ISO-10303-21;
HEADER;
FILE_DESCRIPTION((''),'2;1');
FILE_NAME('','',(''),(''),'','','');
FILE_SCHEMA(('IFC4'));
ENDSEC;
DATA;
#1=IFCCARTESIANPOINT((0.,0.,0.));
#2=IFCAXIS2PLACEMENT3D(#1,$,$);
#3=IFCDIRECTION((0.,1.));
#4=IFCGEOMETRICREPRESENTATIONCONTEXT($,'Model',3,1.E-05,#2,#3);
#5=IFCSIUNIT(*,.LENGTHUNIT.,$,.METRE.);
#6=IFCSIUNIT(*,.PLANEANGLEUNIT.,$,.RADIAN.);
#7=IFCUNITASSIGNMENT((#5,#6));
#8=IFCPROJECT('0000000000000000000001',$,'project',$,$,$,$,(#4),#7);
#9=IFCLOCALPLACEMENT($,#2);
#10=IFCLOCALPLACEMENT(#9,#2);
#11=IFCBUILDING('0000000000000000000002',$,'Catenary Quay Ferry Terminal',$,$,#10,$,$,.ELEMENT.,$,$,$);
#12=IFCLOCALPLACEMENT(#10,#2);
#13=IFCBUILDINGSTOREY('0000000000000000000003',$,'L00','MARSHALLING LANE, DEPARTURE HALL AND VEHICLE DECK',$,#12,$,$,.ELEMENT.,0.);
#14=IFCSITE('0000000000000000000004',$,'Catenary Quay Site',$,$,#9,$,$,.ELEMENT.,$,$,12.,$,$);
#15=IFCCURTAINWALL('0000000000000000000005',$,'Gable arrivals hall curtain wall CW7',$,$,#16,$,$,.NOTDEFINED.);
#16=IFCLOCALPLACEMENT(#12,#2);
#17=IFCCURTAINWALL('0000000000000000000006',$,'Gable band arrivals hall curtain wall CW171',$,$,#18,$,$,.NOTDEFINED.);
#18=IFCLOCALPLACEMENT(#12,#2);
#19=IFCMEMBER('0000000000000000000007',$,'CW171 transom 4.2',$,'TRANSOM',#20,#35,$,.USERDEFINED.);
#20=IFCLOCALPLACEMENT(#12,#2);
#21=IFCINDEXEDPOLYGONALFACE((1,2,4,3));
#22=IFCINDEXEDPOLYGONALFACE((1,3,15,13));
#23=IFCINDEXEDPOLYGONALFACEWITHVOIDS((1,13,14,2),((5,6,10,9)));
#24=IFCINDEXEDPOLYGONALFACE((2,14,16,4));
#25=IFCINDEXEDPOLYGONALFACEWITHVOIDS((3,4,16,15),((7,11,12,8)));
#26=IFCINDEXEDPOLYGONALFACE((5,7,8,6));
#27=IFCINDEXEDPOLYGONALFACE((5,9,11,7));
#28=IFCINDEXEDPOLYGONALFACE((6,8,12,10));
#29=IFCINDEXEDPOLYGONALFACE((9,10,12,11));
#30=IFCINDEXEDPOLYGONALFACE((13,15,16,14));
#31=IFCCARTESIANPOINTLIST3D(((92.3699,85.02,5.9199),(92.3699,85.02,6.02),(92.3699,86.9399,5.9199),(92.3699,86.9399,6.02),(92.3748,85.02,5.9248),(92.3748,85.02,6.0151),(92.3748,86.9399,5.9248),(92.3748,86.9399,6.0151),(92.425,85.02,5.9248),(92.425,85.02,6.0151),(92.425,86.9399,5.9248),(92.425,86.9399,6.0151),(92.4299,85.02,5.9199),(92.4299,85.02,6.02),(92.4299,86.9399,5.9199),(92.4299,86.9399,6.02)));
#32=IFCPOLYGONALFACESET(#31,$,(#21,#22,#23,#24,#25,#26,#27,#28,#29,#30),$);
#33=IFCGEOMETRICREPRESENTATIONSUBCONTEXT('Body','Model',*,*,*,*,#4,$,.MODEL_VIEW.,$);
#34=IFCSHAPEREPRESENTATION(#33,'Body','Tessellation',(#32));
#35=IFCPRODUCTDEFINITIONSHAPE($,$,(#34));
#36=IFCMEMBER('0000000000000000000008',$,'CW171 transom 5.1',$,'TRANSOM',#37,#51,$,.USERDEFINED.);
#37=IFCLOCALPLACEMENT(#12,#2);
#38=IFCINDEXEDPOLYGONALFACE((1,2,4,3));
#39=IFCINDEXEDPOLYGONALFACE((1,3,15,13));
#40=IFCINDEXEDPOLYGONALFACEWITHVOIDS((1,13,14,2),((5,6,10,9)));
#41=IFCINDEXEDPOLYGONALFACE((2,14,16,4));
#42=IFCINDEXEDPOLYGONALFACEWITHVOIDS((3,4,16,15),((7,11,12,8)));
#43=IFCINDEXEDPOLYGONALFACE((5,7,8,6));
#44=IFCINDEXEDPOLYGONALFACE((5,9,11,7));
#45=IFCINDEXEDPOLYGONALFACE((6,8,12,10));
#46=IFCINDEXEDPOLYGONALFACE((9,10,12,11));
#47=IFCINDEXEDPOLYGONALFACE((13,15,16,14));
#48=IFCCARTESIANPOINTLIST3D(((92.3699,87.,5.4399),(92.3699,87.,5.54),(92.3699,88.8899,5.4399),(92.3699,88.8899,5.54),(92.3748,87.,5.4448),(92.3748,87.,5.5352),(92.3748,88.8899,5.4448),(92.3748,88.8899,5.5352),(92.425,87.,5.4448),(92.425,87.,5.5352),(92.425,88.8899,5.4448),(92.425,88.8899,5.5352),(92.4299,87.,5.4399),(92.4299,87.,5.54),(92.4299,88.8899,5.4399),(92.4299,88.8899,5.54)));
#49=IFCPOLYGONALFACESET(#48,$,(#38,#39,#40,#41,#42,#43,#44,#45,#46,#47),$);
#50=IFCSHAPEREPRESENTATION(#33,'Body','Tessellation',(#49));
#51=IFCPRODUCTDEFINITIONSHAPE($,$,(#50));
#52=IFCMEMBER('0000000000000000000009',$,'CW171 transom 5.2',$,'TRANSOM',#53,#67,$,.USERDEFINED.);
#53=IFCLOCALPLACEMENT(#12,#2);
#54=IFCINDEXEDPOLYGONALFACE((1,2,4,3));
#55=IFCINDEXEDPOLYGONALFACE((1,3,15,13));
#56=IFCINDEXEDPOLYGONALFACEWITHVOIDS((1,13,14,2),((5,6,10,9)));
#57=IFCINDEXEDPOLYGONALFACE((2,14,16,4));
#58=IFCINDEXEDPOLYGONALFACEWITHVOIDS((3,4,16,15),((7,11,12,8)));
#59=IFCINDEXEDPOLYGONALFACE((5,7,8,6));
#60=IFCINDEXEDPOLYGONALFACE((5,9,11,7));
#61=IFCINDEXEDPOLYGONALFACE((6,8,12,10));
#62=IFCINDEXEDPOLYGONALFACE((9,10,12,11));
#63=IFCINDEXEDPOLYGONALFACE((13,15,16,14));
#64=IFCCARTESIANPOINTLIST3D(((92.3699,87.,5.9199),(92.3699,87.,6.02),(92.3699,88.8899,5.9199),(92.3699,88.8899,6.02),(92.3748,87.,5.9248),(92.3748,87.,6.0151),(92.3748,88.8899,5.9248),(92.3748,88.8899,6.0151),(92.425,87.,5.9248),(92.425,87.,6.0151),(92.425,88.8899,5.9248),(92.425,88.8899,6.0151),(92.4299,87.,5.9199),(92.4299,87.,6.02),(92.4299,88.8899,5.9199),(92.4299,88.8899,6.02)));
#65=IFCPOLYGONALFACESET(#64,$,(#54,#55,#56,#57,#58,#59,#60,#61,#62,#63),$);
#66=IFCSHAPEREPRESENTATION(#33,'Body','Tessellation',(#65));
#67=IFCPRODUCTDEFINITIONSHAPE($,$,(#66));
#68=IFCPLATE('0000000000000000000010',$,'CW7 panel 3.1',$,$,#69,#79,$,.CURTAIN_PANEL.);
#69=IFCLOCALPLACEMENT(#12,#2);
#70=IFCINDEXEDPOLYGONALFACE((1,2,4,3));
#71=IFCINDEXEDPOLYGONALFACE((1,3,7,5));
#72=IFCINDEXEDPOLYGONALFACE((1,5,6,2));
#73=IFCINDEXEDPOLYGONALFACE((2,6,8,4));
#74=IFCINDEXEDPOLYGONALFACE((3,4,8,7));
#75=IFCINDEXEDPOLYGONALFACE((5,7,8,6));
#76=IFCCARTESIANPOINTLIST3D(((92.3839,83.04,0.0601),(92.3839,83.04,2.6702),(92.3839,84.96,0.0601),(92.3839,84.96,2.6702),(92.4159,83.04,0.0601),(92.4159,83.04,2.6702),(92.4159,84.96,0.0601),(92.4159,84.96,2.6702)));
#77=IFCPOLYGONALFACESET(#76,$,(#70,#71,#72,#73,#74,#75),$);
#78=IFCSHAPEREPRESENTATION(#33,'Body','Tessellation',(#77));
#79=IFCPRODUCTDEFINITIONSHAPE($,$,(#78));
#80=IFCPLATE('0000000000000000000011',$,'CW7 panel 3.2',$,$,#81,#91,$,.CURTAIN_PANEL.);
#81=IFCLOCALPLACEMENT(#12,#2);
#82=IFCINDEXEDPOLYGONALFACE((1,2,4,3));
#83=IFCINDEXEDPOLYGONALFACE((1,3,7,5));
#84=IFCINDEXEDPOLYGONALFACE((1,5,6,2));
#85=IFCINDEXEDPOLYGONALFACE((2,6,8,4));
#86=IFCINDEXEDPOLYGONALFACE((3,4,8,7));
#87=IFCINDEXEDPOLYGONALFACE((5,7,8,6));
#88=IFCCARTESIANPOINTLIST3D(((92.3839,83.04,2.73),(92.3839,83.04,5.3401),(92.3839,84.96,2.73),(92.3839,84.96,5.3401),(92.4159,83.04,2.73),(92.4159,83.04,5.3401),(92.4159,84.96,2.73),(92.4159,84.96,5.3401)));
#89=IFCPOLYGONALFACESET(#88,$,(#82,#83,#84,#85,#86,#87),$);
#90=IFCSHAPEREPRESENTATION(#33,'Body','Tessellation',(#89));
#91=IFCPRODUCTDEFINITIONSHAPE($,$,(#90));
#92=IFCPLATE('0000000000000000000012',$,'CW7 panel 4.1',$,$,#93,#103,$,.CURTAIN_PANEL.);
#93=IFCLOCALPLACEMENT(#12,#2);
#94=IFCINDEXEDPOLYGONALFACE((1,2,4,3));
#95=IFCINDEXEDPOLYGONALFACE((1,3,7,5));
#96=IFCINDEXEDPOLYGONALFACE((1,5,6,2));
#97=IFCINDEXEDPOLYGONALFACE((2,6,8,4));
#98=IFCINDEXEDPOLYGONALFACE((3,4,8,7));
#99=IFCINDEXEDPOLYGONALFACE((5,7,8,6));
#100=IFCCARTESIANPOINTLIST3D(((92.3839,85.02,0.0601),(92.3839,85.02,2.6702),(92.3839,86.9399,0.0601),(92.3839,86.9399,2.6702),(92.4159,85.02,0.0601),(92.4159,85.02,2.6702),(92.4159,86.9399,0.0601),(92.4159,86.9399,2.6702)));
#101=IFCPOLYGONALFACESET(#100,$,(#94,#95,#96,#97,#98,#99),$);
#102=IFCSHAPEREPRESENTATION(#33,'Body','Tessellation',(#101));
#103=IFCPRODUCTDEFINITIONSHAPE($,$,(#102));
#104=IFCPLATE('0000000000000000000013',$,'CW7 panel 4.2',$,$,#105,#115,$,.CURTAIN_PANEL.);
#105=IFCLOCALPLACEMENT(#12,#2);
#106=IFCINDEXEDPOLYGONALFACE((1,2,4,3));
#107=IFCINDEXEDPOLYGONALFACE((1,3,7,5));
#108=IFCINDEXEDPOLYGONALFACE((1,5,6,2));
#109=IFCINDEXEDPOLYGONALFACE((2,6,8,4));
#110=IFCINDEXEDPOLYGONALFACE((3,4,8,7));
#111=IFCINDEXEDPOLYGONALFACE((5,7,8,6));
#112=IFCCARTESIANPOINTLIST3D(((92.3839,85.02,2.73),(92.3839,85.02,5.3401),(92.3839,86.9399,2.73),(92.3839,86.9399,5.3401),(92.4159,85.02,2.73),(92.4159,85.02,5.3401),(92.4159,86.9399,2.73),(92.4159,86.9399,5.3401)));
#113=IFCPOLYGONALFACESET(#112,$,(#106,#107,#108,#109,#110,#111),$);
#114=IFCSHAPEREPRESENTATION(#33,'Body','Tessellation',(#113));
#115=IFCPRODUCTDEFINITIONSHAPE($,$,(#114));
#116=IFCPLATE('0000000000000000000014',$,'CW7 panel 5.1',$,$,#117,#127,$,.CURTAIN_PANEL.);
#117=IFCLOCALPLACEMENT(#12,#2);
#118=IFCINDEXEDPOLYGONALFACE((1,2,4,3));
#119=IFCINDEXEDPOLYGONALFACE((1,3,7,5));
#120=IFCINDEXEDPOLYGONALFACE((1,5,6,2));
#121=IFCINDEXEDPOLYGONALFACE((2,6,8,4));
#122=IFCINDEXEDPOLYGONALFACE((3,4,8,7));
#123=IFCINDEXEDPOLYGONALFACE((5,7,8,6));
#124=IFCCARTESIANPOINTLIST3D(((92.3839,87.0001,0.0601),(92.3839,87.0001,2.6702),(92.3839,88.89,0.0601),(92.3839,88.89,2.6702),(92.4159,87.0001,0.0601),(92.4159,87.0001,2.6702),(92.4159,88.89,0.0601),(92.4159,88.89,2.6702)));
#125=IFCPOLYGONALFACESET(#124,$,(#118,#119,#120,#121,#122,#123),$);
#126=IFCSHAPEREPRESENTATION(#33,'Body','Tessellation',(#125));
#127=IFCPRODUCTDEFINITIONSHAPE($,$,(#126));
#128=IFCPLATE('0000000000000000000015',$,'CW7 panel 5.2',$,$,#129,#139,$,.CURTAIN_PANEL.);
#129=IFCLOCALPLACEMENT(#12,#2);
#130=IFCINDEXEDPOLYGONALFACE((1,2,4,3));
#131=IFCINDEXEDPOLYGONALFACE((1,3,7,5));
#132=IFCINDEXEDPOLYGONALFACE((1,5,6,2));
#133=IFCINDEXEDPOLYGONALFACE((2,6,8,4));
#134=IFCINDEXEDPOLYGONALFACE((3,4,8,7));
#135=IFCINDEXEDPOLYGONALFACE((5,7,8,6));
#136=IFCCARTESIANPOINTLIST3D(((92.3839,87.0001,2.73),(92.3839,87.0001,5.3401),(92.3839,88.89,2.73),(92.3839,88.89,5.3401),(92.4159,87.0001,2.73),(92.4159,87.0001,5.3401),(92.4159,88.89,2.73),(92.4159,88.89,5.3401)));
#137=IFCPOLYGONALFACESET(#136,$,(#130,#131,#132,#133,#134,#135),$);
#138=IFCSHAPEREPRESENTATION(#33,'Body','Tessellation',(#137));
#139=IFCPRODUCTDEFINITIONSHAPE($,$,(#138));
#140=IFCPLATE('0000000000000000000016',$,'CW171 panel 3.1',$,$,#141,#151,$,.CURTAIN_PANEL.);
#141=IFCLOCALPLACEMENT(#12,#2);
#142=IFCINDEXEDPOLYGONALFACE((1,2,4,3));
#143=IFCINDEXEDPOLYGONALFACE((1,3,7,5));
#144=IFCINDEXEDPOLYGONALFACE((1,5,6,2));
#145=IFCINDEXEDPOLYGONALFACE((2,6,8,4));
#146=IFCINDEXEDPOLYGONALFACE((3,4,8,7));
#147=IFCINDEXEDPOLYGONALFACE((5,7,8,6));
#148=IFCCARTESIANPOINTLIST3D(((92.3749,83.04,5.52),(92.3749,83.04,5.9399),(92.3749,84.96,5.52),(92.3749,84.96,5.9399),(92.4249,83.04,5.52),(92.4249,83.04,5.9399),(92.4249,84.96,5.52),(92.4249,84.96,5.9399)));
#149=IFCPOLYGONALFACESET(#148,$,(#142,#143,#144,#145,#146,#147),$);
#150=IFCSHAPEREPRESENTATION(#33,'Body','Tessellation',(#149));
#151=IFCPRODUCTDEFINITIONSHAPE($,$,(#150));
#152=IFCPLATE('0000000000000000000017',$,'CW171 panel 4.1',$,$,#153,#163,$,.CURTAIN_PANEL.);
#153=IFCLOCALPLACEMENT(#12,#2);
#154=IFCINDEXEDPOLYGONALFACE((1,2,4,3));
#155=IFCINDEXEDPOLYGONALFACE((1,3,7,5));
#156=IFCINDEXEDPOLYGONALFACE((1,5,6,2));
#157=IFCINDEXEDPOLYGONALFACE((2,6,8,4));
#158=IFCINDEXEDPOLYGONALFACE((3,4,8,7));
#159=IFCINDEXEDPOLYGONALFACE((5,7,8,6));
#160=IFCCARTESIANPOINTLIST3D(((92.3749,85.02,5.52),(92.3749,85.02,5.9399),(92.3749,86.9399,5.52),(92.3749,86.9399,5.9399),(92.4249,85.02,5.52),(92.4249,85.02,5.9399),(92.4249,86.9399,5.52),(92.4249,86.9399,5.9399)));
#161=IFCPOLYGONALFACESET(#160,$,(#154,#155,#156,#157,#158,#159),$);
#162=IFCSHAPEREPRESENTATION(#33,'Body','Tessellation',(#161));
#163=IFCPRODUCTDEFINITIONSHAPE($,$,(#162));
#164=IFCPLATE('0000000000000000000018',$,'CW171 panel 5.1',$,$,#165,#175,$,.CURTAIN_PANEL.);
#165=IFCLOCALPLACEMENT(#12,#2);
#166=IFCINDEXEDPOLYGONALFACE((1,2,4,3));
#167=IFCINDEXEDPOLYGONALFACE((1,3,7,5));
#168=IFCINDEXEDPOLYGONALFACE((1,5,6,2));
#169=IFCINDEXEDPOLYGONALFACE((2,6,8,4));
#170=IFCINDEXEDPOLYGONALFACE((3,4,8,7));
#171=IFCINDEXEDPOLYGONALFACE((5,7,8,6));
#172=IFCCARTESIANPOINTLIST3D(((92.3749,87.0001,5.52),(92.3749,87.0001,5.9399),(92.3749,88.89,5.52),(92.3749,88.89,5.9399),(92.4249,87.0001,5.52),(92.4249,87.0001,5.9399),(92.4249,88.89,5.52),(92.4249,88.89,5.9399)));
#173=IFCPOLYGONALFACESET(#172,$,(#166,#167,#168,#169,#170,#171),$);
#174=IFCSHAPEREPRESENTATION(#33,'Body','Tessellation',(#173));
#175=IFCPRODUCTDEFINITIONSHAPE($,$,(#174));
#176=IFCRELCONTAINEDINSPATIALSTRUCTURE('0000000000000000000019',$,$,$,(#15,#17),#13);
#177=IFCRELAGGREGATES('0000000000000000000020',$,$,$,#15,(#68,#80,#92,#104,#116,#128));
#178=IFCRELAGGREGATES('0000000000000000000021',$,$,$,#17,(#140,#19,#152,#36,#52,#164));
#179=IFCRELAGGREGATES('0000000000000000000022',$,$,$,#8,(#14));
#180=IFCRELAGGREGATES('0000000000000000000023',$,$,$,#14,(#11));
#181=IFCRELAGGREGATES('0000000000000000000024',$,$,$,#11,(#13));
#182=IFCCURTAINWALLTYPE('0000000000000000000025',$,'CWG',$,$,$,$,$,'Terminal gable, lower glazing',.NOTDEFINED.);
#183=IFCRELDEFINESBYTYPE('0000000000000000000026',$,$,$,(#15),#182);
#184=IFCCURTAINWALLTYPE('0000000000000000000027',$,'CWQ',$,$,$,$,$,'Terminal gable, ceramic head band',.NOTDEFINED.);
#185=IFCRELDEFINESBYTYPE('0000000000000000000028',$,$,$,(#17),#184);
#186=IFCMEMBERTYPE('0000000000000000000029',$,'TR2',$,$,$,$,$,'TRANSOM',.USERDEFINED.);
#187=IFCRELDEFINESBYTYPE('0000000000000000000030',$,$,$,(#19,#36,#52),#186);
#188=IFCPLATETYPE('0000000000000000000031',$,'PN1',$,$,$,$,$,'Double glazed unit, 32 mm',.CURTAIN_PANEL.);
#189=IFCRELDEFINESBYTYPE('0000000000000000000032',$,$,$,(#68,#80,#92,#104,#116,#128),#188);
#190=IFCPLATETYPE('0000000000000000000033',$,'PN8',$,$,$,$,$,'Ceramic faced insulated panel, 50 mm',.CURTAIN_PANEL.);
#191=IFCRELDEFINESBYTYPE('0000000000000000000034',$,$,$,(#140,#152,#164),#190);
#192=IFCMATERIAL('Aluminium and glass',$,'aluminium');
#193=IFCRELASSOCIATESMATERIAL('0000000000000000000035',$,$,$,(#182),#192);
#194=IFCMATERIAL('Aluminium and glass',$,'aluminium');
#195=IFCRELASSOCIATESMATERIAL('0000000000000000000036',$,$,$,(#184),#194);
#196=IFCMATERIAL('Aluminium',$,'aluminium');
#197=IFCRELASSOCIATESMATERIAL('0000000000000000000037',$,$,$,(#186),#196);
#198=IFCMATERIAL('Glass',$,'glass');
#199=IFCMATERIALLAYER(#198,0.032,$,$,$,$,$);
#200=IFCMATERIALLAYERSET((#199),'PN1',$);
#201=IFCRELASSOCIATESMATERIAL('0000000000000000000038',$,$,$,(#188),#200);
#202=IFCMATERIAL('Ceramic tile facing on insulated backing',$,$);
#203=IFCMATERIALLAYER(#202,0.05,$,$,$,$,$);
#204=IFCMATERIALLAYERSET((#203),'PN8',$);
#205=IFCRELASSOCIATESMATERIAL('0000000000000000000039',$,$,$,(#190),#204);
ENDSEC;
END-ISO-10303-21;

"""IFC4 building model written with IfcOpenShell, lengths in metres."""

from ifc_helpers import new_model, si_unit, direction, frame, origin, origin_2d, place, context, subcontext, project, spatial, rectangle, hollow_rectangle, extrude, material, layer, layer_set, material_profile, profile_set, type_object, element, aggregate, save


model = new_model("IFC4")

# Units and contexts
model_context = context("Model", 3, precision=1e-05, world=origin(), true_north=direction((0.0, 1.0)))
body_context = subcontext(model_context, "Body", "Model", "MODEL_VIEW")
ifc_project = project(units=[si_unit("LENGTHUNIT", "METRE"), si_unit("PLANEANGLEUNIT", "RADIAN")], contexts=[model_context])

# Site, building, storey
site_placement = place(None, origin())
site = spatial("IfcSite", under=ifc_project, at=site_placement, Name="Catenary Quay Site", CompositionType="ELEMENT", RefElevation=12.0)
building_placement = place(site_placement, origin())
building = spatial("IfcBuilding", under=site, at=building_placement, Name="Catenary Quay Ferry Terminal", CompositionType="ELEMENT")
storey_placement = place(building_placement, origin())
storey = spatial("IfcBuildingStorey", under=building, at=storey_placement, Name="L00", Description="MARSHALLING LANE, DEPARTURE HALL AND VEHICLE DECK", CompositionType="ELEMENT", Elevation=0.0)

# Curtain walls
ifc_material_1 = material(Name="Aluminium and glass", Category="aluminium")
curtain_wall_type_1 = type_object("IfcCurtainWallType", Name="CWG", ElementType="Terminal gable, lower glazing", PredefinedType="NOTDEFINED", material=ifc_material_1)
curtain_wall_1_placement = place(storey_placement, origin())
curtain_wall_1 = element("IfcCurtainWall", 1, at=curtain_wall_1_placement, inside=storey, type_object=curtain_wall_type_1, Name="Gable arrivals hall curtain wall CW7", PredefinedType="NOTDEFINED")
ifc_material_2 = material(Name="Aluminium and glass", Category="aluminium")
curtain_wall_type_2 = type_object("IfcCurtainWallType", Name="CWQ", ElementType="Terminal gable, ceramic head band", PredefinedType="NOTDEFINED", material=ifc_material_2)
curtain_wall_2_placement = place(storey_placement, origin())
curtain_wall_2 = element("IfcCurtainWall", 2, at=curtain_wall_2_placement, inside=storey, type_object=curtain_wall_type_2, Name="Gable band arrivals hall curtain wall CW171", PredefinedType="NOTDEFINED")

# Members
ifc_material_3 = material(Name="Aluminium", Category="aluminium")
ifc_material_profile_1 = material_profile(ifc_material_3, hollow_rectangle(XDim=0.0601, YDim=0.1001, WallThickness=0.0049, at=origin_2d()), Name="TR2")
ifc_profile_set_1 = profile_set([ifc_material_profile_1], Name="Aluminium")
member_type_1 = type_object("IfcMemberType", Name="TR2", ElementType="TRANSOM", PredefinedType="USERDEFINED", material=ifc_profile_set_1)
member_1_placement = place(storey_placement, frame((92.3999, 85.02, 5.97), z_axis=(0.0, 1.0, 0.0), x_axis=(-1.0, 0.0, 0.0)))
member_1 = element("IfcMember", 3, at=member_1_placement, type_object=member_type_1, Name="CW171 transom 4.2", ObjectType="TRANSOM", PredefinedType="USERDEFINED", context=body_context, shape_type="SweptSolid", body=[
    extrude(hollow_rectangle(XDim=0.0601, YDim=0.1001, WallThickness=0.0049, at=origin_2d()), origin(), (0.0, 0.0, 1.0), 1.9199),
])
member_2_placement = place(storey_placement, frame((92.3999, 87.0, 5.49), z_axis=(0.0, 1.0, 0.0), x_axis=(-1.0, 0.0, 0.0)))
member_2 = element("IfcMember", 4, at=member_2_placement, type_object=member_type_1, Name="CW171 transom 5.1", ObjectType="TRANSOM", PredefinedType="USERDEFINED", context=body_context, shape_type="SweptSolid", body=[
    extrude(hollow_rectangle(XDim=0.0601, YDim=0.1001, WallThickness=0.0049, at=origin_2d()), origin(), (0.0, 0.0, 1.0), 1.8899),
])
member_3_placement = place(storey_placement, frame((92.3999, 87.0, 5.97), z_axis=(0.0, 1.0, 0.0), x_axis=(-1.0, 0.0, 0.0)))
member_3 = element("IfcMember", 5, at=member_3_placement, type_object=member_type_1, Name="CW171 transom 5.2", ObjectType="TRANSOM", PredefinedType="USERDEFINED", context=body_context, shape_type="SweptSolid", body=[
    extrude(hollow_rectangle(XDim=0.0601, YDim=0.1001, WallThickness=0.0049, at=origin_2d()), origin(), (0.0, 0.0, 1.0), 1.8899),
])

# Plates
ifc_material_4 = material(Name="Glass", Category="glass")
ifc_layer_1 = layer(ifc_material_4, 0.032)
ifc_layer_set_1 = layer_set([ifc_layer_1], Name="PN1")
plate_type_1 = type_object("IfcPlateType", Name="PN1", ElementType="Double glazed unit, 32 mm", PredefinedType="CURTAIN_PANEL", material=ifc_layer_set_1)
plate_1_placement = place(storey_placement, frame((92.3999, 84.0, 0.0601), z_axis=(0.0, 0.0, 1.0), x_axis=(0.0, 1.0, 0.0)))
plate_1 = element("IfcPlate", 6, at=plate_1_placement, type_object=plate_type_1, Name="CW7 panel 3.1", PredefinedType="CURTAIN_PANEL", context=body_context, shape_type="SweptSolid", body=[
    extrude(rectangle(XDim=1.9199, YDim=0.032, at=origin_2d()), origin(), (0.0, 0.0, 1.0), 2.6101),
])
plate_2_placement = place(storey_placement, frame((92.3999, 84.0, 2.73), z_axis=(0.0, 0.0, 1.0), x_axis=(0.0, 1.0, 0.0)))
plate_2 = element("IfcPlate", 7, at=plate_2_placement, type_object=plate_type_1, Name="CW7 panel 3.2", PredefinedType="CURTAIN_PANEL", context=body_context, shape_type="SweptSolid", body=[
    extrude(rectangle(XDim=1.9199, YDim=0.032, at=origin_2d()), origin(), (0.0, 0.0, 1.0), 2.6101),
])
plate_3_placement = place(storey_placement, frame((92.3999, 85.98, 0.0601), z_axis=(0.0, 0.0, 1.0), x_axis=(0.0, 1.0, 0.0)))
plate_3 = element("IfcPlate", 8, at=plate_3_placement, type_object=plate_type_1, Name="CW7 panel 4.1", PredefinedType="CURTAIN_PANEL", context=body_context, shape_type="SweptSolid", body=[
    extrude(rectangle(XDim=1.9199, YDim=0.032, at=origin_2d()), origin(), (0.0, 0.0, 1.0), 2.6101),
])
plate_4_placement = place(storey_placement, frame((92.3999, 85.98, 2.73), z_axis=(0.0, 0.0, 1.0), x_axis=(0.0, 1.0, 0.0)))
plate_4 = element("IfcPlate", 9, at=plate_4_placement, type_object=plate_type_1, Name="CW7 panel 4.2", PredefinedType="CURTAIN_PANEL", context=body_context, shape_type="SweptSolid", body=[
    extrude(rectangle(XDim=1.9199, YDim=0.032, at=origin_2d()), origin(), (0.0, 0.0, 1.0), 2.6101),
])
plate_5_placement = place(storey_placement, frame((92.3999, 87.9451, 0.0601), z_axis=(0.0, 0.0, 1.0), x_axis=(0.0, 1.0, 0.0)))
plate_5 = element("IfcPlate", 10, at=plate_5_placement, type_object=plate_type_1, Name="CW7 panel 5.1", PredefinedType="CURTAIN_PANEL", context=body_context, shape_type="SweptSolid", body=[
    extrude(rectangle(XDim=1.8899, YDim=0.032, at=origin_2d()), origin(), (0.0, 0.0, 1.0), 2.6101),
])
plate_6_placement = place(storey_placement, frame((92.3999, 87.9451, 2.73), z_axis=(0.0, 0.0, 1.0), x_axis=(0.0, 1.0, 0.0)))
plate_6 = element("IfcPlate", 11, at=plate_6_placement, type_object=plate_type_1, Name="CW7 panel 5.2", PredefinedType="CURTAIN_PANEL", context=body_context, shape_type="SweptSolid", body=[
    extrude(rectangle(XDim=1.8899, YDim=0.032, at=origin_2d()), origin(), (0.0, 0.0, 1.0), 2.6101),
])
aggregate(curtain_wall_1, [plate_1, plate_2, plate_3, plate_4, plate_5, plate_6])
ifc_material_5 = material(Name="Ceramic tile facing on insulated backing")
ifc_layer_2 = layer(ifc_material_5, 0.05)
ifc_layer_set_2 = layer_set([ifc_layer_2], Name="PN8")
plate_type_2 = type_object("IfcPlateType", Name="PN8", ElementType="Ceramic faced insulated panel, 50 mm", PredefinedType="CURTAIN_PANEL", material=ifc_layer_set_2)
plate_7_placement = place(storey_placement, frame((92.3999, 84.0, 5.52), z_axis=(0.0, 0.0, 1.0), x_axis=(0.0, 1.0, 0.0)))
plate_7 = element("IfcPlate", 12, at=plate_7_placement, type_object=plate_type_2, Name="CW171 panel 3.1", PredefinedType="CURTAIN_PANEL", context=body_context, shape_type="SweptSolid", body=[
    extrude(rectangle(XDim=1.9199, YDim=0.05, at=origin_2d()), origin(), (0.0, 0.0, 1.0), 0.4199),
])
plate_8_placement = place(storey_placement, frame((92.3999, 85.98, 5.52), z_axis=(0.0, 0.0, 1.0), x_axis=(0.0, 1.0, 0.0)))
plate_8 = element("IfcPlate", 13, at=plate_8_placement, type_object=plate_type_2, Name="CW171 panel 4.1", PredefinedType="CURTAIN_PANEL", context=body_context, shape_type="SweptSolid", body=[
    extrude(rectangle(XDim=1.9199, YDim=0.05, at=origin_2d()), origin(), (0.0, 0.0, 1.0), 0.4199),
])
plate_9_placement = place(storey_placement, frame((92.3999, 87.9451, 5.52), z_axis=(0.0, 0.0, 1.0), x_axis=(0.0, 1.0, 0.0)))
plate_9 = element("IfcPlate", 14, at=plate_9_placement, type_object=plate_type_2, Name="CW171 panel 5.1", PredefinedType="CURTAIN_PANEL", context=body_context, shape_type="SweptSolid", body=[
    extrude(rectangle(XDim=1.8899, YDim=0.05, at=origin_2d()), origin(), (0.0, 0.0, 1.0), 0.4199),
])
aggregate(curtain_wall_2, [plate_7, member_1, plate_8, member_2, member_3, plate_9])

save(model, "model.ifc")
